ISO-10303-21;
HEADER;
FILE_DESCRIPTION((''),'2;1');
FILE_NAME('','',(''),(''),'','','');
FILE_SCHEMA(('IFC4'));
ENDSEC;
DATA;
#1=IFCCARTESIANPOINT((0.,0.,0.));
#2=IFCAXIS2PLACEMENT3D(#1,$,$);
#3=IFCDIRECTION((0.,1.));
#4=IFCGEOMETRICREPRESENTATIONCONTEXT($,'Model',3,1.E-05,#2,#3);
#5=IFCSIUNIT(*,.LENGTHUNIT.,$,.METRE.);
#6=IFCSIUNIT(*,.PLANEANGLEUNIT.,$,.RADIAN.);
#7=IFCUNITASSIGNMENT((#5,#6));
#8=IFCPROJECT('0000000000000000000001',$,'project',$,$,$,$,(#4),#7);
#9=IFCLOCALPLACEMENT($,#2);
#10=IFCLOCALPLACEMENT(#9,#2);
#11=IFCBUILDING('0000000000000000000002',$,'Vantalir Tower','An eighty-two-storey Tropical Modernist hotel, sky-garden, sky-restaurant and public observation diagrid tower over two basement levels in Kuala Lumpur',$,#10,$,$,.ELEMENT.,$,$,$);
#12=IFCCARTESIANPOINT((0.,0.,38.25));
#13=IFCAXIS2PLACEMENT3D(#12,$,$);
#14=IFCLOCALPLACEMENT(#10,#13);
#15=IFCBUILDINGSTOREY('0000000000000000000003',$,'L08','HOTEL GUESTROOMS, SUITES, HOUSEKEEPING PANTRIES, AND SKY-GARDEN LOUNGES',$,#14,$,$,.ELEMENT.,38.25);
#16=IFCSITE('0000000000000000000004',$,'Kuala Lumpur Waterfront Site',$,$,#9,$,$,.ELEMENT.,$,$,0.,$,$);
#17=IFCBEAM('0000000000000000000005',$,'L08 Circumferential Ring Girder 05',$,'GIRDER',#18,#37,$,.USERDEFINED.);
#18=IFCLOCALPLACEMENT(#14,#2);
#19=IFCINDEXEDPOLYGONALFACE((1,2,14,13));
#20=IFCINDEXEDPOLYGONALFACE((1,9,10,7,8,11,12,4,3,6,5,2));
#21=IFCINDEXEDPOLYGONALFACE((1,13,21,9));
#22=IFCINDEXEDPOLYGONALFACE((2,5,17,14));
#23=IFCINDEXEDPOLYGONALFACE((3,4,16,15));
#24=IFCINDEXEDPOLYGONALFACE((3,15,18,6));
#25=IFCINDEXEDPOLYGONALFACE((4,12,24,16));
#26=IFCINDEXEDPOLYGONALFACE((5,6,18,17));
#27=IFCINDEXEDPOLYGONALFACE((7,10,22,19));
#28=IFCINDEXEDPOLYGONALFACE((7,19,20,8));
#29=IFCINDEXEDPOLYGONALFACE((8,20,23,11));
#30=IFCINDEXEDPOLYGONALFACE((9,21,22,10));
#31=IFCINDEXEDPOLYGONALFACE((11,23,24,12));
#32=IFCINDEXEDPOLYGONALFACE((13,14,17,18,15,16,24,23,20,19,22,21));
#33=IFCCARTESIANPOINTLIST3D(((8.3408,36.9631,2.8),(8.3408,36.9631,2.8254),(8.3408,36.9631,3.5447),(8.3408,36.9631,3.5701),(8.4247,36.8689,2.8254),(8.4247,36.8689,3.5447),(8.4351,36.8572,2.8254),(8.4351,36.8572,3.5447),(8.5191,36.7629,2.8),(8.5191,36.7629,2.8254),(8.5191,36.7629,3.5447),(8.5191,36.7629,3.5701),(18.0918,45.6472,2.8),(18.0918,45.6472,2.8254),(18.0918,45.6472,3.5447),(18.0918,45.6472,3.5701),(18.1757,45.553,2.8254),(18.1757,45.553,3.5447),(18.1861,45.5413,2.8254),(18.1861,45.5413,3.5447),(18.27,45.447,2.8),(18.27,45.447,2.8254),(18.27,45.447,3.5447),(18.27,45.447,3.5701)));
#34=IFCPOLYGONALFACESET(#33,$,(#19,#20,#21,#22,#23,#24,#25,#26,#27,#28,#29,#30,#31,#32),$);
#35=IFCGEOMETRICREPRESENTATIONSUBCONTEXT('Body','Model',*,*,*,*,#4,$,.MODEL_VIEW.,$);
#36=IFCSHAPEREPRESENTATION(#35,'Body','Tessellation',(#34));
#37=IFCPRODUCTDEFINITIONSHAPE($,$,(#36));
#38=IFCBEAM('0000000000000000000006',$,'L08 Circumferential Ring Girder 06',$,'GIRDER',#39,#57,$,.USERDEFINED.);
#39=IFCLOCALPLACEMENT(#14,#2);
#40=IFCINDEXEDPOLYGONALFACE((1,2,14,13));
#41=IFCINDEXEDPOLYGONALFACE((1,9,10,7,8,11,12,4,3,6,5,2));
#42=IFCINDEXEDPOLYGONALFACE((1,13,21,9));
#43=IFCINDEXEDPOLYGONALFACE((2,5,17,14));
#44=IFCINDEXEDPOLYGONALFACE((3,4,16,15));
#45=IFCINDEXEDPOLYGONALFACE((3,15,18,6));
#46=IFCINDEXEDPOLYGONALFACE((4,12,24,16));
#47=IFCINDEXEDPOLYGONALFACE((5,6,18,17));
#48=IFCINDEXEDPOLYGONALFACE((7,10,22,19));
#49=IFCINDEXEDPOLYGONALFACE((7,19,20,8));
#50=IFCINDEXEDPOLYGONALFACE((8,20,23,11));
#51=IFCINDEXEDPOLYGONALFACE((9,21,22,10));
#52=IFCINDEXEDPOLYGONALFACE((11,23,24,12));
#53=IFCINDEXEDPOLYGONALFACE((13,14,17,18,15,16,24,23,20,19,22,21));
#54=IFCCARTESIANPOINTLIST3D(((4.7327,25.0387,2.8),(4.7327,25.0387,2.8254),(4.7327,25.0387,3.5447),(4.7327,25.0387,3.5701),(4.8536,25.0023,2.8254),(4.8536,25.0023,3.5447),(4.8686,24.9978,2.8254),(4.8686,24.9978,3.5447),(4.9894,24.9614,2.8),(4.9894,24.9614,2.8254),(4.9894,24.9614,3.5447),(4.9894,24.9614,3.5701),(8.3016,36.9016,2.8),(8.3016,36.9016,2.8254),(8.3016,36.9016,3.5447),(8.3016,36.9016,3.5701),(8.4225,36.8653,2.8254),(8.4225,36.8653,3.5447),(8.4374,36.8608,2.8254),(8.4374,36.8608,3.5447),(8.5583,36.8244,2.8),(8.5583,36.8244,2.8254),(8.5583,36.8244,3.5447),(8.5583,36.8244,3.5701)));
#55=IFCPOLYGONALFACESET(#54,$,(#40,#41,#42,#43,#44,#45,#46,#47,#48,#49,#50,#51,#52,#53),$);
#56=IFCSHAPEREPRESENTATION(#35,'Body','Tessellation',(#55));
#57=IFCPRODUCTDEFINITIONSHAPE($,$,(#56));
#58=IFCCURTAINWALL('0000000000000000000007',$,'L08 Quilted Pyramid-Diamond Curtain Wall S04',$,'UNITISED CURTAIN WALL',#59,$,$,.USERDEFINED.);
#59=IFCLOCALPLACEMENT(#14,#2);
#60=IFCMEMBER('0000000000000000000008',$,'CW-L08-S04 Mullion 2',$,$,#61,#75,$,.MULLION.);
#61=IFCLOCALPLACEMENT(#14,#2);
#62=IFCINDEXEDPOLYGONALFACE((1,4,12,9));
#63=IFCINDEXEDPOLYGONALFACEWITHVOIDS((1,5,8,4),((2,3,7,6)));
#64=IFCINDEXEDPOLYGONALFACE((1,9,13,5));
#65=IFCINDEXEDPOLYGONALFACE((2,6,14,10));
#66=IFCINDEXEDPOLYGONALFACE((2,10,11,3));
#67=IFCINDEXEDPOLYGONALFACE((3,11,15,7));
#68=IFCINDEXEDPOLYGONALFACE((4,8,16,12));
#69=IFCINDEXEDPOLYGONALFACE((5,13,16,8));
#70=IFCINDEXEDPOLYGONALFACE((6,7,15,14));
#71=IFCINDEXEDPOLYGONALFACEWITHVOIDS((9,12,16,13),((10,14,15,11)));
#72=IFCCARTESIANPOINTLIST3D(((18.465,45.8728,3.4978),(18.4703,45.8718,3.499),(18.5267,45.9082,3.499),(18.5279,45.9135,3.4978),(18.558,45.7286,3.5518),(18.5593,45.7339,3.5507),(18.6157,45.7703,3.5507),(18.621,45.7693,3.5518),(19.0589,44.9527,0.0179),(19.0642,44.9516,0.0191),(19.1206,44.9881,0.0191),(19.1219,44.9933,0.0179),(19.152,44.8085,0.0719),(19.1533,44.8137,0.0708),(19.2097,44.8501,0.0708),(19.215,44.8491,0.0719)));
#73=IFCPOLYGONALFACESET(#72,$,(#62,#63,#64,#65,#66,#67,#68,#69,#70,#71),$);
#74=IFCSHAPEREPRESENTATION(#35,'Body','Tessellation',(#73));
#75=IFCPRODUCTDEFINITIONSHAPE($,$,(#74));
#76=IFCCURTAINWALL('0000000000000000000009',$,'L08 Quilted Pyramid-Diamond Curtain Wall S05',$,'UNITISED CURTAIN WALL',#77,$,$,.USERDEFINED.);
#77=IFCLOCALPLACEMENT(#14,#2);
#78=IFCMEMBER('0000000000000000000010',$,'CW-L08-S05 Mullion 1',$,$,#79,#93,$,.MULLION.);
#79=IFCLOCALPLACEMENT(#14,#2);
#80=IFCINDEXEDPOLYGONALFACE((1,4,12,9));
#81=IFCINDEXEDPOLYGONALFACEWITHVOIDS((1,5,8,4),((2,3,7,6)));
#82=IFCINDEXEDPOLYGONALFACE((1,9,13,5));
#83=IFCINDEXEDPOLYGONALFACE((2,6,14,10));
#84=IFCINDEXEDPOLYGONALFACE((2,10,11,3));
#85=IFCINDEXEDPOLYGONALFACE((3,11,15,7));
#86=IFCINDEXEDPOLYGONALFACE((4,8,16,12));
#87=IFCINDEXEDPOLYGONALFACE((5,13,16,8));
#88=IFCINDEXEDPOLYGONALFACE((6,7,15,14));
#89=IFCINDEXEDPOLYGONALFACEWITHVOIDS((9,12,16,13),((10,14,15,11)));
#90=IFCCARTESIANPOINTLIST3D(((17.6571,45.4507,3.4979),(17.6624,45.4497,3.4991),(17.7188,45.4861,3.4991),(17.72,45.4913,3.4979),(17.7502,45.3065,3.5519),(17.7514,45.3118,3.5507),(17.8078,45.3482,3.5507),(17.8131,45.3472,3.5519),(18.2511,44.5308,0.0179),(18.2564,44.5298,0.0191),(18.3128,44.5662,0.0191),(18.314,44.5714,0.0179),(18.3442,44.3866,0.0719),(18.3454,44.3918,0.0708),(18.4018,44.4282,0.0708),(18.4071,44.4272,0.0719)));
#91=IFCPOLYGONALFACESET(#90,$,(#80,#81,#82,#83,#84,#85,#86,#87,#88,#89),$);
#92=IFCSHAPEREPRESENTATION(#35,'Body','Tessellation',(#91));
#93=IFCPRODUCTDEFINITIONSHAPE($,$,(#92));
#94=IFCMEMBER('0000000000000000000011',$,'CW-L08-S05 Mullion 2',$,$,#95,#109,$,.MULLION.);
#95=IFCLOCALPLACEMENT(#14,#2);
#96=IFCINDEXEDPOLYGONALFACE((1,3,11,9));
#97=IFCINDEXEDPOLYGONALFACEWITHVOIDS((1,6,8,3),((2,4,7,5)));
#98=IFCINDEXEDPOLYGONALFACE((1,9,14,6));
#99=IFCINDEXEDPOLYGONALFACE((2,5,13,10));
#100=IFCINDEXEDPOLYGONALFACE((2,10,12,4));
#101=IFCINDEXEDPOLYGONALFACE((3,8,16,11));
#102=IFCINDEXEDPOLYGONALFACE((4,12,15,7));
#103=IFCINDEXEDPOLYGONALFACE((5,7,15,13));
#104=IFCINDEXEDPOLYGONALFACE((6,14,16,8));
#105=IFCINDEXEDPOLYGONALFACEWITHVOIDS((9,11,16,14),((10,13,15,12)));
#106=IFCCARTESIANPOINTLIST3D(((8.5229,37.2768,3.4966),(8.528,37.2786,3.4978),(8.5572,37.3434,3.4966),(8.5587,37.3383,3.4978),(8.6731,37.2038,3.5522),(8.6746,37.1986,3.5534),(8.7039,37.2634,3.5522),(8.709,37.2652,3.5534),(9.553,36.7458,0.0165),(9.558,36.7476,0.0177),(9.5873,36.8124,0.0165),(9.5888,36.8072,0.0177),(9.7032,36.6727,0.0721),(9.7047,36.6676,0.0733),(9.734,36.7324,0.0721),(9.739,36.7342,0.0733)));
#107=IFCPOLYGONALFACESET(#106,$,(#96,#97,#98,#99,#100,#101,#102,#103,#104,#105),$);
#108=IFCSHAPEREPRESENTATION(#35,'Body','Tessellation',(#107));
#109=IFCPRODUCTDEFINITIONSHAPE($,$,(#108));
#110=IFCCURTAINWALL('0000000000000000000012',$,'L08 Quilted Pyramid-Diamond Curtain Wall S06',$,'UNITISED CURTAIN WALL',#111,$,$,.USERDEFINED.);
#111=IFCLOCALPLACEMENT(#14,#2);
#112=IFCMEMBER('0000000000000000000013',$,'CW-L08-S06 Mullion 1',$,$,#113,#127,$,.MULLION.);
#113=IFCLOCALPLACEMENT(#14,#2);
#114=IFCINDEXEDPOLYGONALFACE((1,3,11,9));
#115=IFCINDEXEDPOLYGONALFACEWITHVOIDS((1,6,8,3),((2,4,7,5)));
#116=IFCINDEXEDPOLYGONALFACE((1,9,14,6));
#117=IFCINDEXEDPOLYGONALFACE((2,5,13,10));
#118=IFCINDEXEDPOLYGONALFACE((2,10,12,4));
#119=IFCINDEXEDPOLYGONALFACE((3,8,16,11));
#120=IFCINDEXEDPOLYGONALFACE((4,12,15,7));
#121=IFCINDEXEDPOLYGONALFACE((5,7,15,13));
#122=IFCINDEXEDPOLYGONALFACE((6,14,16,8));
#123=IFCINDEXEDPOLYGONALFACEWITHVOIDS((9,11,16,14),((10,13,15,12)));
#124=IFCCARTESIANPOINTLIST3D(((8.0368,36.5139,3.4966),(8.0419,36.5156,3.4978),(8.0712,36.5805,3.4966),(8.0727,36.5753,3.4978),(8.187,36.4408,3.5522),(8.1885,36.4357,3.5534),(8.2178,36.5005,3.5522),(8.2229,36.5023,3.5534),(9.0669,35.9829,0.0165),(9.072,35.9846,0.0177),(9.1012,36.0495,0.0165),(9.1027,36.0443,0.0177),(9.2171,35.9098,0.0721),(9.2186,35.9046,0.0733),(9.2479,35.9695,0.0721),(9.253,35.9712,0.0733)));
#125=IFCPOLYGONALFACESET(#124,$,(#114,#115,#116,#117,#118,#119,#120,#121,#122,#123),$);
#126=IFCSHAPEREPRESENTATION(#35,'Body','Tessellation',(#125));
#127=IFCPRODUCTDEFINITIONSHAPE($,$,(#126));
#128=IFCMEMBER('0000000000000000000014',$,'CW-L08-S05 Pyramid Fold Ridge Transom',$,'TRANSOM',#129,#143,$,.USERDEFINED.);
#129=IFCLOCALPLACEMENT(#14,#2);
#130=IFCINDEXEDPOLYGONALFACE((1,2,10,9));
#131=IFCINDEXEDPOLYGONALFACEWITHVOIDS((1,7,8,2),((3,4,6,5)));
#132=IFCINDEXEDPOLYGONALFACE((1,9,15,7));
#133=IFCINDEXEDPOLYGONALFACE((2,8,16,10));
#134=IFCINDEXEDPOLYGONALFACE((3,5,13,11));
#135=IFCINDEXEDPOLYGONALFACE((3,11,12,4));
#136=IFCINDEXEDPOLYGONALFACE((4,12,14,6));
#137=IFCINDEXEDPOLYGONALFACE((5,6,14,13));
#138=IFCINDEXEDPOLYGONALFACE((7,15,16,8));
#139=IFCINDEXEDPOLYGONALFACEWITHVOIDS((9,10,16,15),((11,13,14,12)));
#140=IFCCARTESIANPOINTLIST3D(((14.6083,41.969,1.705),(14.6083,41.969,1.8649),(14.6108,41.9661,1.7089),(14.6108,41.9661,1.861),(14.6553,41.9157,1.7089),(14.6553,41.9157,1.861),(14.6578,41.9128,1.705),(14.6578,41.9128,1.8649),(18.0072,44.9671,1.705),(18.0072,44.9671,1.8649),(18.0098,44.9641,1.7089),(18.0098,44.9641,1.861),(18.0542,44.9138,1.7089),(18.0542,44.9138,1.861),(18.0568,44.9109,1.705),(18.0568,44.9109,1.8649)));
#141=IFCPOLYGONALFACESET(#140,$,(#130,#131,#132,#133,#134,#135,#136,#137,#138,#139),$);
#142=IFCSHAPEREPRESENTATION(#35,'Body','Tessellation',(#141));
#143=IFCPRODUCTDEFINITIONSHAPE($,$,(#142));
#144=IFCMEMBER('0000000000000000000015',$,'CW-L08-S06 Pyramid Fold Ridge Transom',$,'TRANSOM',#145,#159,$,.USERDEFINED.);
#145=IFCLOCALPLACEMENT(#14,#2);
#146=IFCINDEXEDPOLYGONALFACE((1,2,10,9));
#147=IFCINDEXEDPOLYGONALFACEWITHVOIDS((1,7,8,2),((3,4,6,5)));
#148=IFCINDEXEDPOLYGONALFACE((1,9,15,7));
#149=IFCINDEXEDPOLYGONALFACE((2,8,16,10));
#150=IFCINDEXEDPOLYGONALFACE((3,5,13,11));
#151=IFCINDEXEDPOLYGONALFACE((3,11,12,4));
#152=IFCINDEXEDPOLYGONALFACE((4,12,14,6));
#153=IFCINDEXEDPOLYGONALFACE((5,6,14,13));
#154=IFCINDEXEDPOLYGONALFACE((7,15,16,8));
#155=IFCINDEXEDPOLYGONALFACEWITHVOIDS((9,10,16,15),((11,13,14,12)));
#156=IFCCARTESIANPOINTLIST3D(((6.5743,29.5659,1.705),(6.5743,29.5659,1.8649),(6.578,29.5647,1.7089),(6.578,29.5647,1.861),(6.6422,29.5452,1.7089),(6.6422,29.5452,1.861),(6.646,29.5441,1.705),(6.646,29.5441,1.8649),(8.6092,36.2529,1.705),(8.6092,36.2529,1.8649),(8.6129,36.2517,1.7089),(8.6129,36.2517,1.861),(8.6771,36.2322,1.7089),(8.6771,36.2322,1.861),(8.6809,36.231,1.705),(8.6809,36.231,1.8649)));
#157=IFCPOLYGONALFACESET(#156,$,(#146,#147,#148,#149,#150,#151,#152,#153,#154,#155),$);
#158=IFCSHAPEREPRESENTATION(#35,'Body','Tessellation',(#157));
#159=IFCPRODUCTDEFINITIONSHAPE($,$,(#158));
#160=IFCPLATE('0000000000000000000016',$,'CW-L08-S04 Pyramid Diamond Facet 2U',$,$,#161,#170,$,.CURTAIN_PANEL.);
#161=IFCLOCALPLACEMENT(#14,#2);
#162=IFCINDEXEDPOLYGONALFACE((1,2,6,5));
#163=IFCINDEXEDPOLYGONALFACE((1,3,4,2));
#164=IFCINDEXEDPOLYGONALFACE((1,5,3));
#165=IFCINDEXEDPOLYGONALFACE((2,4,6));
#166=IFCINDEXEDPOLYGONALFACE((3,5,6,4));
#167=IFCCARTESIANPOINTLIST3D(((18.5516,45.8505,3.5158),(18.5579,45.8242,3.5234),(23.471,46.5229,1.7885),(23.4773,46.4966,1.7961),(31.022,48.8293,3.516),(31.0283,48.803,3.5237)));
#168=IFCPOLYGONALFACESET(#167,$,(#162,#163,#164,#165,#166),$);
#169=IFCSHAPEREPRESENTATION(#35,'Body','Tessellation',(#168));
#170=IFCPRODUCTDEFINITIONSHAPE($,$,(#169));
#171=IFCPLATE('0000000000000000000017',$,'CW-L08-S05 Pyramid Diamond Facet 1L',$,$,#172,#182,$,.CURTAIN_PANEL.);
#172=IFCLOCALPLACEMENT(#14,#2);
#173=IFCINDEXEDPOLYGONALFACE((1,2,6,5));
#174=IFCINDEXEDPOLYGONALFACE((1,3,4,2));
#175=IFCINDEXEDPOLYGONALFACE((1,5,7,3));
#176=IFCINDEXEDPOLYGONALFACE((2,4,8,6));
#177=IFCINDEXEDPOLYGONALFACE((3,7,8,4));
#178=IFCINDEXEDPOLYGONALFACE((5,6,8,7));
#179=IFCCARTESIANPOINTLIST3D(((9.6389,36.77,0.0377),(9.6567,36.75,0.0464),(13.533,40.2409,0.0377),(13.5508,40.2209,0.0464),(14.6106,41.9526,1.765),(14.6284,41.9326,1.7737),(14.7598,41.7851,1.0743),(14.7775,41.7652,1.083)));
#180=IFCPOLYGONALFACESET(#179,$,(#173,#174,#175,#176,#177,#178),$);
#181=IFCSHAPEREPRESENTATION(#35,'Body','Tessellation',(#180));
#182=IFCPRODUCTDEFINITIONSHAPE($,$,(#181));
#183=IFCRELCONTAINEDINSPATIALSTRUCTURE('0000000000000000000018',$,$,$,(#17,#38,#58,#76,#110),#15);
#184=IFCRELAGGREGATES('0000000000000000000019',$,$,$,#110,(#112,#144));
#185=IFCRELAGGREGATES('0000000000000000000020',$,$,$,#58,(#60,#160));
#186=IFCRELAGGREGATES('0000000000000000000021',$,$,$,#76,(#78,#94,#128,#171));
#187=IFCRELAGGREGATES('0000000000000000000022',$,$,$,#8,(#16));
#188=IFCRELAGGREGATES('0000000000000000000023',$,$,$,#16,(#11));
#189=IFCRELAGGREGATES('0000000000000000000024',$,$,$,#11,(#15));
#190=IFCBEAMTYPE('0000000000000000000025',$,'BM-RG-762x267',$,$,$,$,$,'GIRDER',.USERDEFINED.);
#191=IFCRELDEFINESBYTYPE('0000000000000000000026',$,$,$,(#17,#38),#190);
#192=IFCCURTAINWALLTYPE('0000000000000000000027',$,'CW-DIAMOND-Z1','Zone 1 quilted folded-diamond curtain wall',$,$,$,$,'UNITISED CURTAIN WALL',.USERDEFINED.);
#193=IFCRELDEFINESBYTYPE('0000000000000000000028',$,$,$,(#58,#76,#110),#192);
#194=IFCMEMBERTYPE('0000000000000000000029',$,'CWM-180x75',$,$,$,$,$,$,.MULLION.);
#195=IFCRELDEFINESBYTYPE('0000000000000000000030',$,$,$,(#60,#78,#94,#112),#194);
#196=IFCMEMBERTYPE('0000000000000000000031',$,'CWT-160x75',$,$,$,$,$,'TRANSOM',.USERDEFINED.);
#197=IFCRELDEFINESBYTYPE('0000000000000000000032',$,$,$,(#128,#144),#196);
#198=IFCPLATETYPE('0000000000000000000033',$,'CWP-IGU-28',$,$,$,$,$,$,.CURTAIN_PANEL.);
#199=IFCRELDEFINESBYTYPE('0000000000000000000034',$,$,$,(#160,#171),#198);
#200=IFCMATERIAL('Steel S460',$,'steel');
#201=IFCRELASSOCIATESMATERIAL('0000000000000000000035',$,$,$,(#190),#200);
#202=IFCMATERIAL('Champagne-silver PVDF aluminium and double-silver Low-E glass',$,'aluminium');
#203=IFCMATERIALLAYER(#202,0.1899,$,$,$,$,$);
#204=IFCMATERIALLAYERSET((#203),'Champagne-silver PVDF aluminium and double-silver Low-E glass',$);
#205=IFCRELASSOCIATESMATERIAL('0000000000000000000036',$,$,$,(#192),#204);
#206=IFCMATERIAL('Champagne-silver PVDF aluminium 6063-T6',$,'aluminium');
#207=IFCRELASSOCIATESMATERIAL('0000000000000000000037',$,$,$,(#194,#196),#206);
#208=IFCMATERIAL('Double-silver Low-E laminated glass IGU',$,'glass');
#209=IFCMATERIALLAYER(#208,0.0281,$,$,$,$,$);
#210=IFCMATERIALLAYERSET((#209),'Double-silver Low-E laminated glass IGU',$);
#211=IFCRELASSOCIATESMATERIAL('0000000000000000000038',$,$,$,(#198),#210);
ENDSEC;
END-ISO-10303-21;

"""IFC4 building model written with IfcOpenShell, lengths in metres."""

from ifc_helpers import new_model, si_unit, direction, frame, origin, origin_2d, place, context, subcontext, project, spatial, polyline, hollow_rectangle, i_section, outline, extrude, material, layer, layer_set, material_profile, profile_set, type_object, element, aggregate, save


model = new_model("IFC4")

# Units and contexts
model_context = context("Model", 3, precision=1e-05, world=origin(), true_north=direction((0.0, 1.0)))
body_context = subcontext(model_context, "Body", "Model", "MODEL_VIEW")
ifc_project = project(units=[si_unit("LENGTHUNIT", "METRE"), si_unit("PLANEANGLEUNIT", "RADIAN")], contexts=[model_context])

# Site, building, storey
site_placement = place(None, origin())
site = spatial("IfcSite", under=ifc_project, at=site_placement, Name="Kuala Lumpur Waterfront Site", CompositionType="ELEMENT", RefElevation=0.0)
building_placement = place(site_placement, origin())
building = spatial("IfcBuilding", under=site, at=building_placement, Name="Vantalir Tower", Description="An eighty-two-storey Tropical Modernist hotel, sky-garden, sky-restaurant and public observation diagrid tower over two basement levels in Kuala Lumpur", CompositionType="ELEMENT")
storey_placement = place(building_placement, frame((0.0, 0.0, 38.25)))
storey = spatial("IfcBuildingStorey", under=building, at=storey_placement, Name="L08", Description="HOTEL GUESTROOMS, SUITES, HOUSEKEEPING PANTRIES, AND SKY-GARDEN LOUNGES", CompositionType="ELEMENT", Elevation=38.25)

# Shared definitions
ifc_material_1 = material(Name="Steel S460", Category="steel")

# Beams
ifc_material_profile_1 = material_profile(ifc_material_1, i_section(OverallWidth=0.2681, OverallDepth=0.77, WebThickness=0.0156, FlangeThickness=0.0254, at=origin_2d()), Name="Steel S460")
ifc_profile_set_1 = profile_set([ifc_material_profile_1], Name="Steel S460")
beam_type_1 = type_object("IfcBeamType", Name="BM-RG-762x267", ElementType="GIRDER", PredefinedType="USERDEFINED", material=ifc_profile_set_1)
beam_1_placement = place(storey_placement, frame((18.1809, 45.5471, 3.1851), z_axis=(-0.74678, -0.665071, 0.0), x_axis=(0.665071, -0.74678, 0.0)))
element("IfcBeam", 1, at=beam_1_placement, inside=storey, type_object=beam_type_1, Name="L08 Circumferential Ring Girder 05", ObjectType="GIRDER", PredefinedType="USERDEFINED", context=body_context, shape_type="SweptSolid", body=[
    extrude(i_section(OverallWidth=0.2681, OverallDepth=0.77, WebThickness=0.0156, FlangeThickness=0.0254, at=origin_2d()), origin(), (0.0, 0.0, 1.0), 13.0574),
])
beam_2_placement = place(storey_placement, frame((8.4299, 36.863, 3.1851), z_axis=(-0.288084, -0.957605, 0.0), x_axis=(0.957605, -0.288084, 0.0)))
element("IfcBeam", 2, at=beam_2_placement, inside=storey, type_object=beam_type_1, Name="L08 Circumferential Ring Girder 06", ObjectType="GIRDER", PredefinedType="USERDEFINED", context=body_context, shape_type="SweptSolid", body=[
    extrude(i_section(OverallWidth=0.2681, OverallDepth=0.77, WebThickness=0.0156, FlangeThickness=0.0254, at=origin_2d()), origin(), (0.0, 0.0, 1.0), 12.3882),
])

# Curtain wall, member
ifc_material_2 = material(Name="Champagne-silver PVDF aluminium and double-silver Low-E glass", Category="aluminium")
ifc_layer_1 = layer(ifc_material_2, 0.1899)
ifc_layer_set_1 = layer_set([ifc_layer_1], Name="Champagne-silver PVDF aluminium and double-silver Low-E glass")
curtain_wall_type = type_object("IfcCurtainWallType", Name="CW-DIAMOND-Z1", Description="Zone 1 quilted folded-diamond curtain wall", ElementType="UNITISED CURTAIN WALL", PredefinedType="USERDEFINED", material=ifc_layer_set_1)
curtain_wall_1_placement = place(storey_placement, origin())
curtain_wall_1 = element("IfcCurtainWall", 3, at=curtain_wall_1_placement, inside=storey, type_object=curtain_wall_type, Name="L08 Quilted Pyramid-Diamond Curtain Wall S04", ObjectType="UNITISED CURTAIN WALL", PredefinedType="USERDEFINED")
ifc_material_3 = material(Name="Champagne-silver PVDF aluminium 6063-T6", Category="aluminium")
ifc_material_profile_2 = material_profile(ifc_material_3, hollow_rectangle(XDim=0.075, YDim=0.1799, WallThickness=0.0039, at=origin_2d()), Name="Champagne-silver PVDF aluminium 6063-T6")
ifc_profile_set_2 = profile_set([ifc_material_profile_2], Name="Champagne-silver PVDF aluminium 6063-T6")
member_type_1 = type_object("IfcMemberType", Name="CWM-180x75", PredefinedType="MULLION", material=ifc_profile_set_2)
member_1_placement = place(storey_placement, frame((19.137, 44.9009, 0.0449), z_axis=(-0.162816, 0.252221, 0.953874), x_axis=(-0.840156, -0.542345, 0.0)))
member_1 = element("IfcMember", 4, at=member_1_placement, type_object=member_type_1, Name="CW-L08-S04 Mullion 2", PredefinedType="MULLION", context=body_context, shape_type="SweptSolid", body=[
    extrude(hollow_rectangle(XDim=0.075, YDim=0.1799, WallThickness=0.0039, at=origin_2d()), origin(), (0.0, 0.0, 1.0), 3.6482),
])

# Curtain wall, members
curtain_wall_2_placement = place(storey_placement, origin())
curtain_wall_2 = element("IfcCurtainWall", 5, at=curtain_wall_2_placement, inside=storey, type_object=curtain_wall_type, Name="L08 Quilted Pyramid-Diamond Curtain Wall S05", ObjectType="UNITISED CURTAIN WALL", PredefinedType="USERDEFINED")
member_2_placement = place(storey_placement, frame((18.3291, 44.479, 0.0449), z_axis=(-0.162818, 0.252158, 0.95389), x_axis=(-0.84009, -0.542447, 0.0)))
member_2 = element("IfcMember", 6, at=member_2_placement, type_object=member_type_1, Name="CW-L08-S05 Mullion 1", PredefinedType="MULLION", context=body_context, shape_type="SweptSolid", body=[
    extrude(hollow_rectangle(XDim=0.075, YDim=0.1799, WallThickness=0.0039, at=origin_2d()), origin(), (0.0, 0.0, 1.0), 3.6482),
])
member_3_placement = place(storey_placement, frame((9.646, 36.74, 0.0449), z_axis=(-0.280826, 0.144773, 0.948777), x_axis=(-0.458219, -0.888839, 0.0)))
member_3 = element("IfcMember", 7, at=member_3_placement, type_object=member_type_1, Name="CW-L08-S05 Mullion 2", PredefinedType="MULLION", context=body_context, shape_type="SweptSolid", body=[
    extrude(hollow_rectangle(XDim=0.075, YDim=0.1799, WallThickness=0.0039, at=origin_2d()), origin(), (0.0, 0.0, 1.0), 3.668),
])

# Curtain wall, member
curtain_wall_3_placement = place(storey_placement, origin())
curtain_wall_3 = element("IfcCurtainWall", 8, at=curtain_wall_3_placement, inside=storey, type_object=curtain_wall_type, Name="L08 Quilted Pyramid-Diamond Curtain Wall S06", ObjectType="UNITISED CURTAIN WALL", PredefinedType="USERDEFINED")
member_4_placement = place(storey_placement, frame((9.1599, 35.9771, 0.0449), z_axis=(-0.280826, 0.144773, 0.948777), x_axis=(-0.458219, -0.888839, 0.0)))
member_4 = element("IfcMember", 9, at=member_4_placement, type_object=member_type_1, Name="CW-L08-S06 Mullion 1", PredefinedType="MULLION", context=body_context, shape_type="SweptSolid", body=[
    extrude(hollow_rectangle(XDim=0.075, YDim=0.1799, WallThickness=0.0039, at=origin_2d()), origin(), (0.0, 0.0, 1.0), 3.668),
])

# Members
ifc_material_profile_3 = material_profile(ifc_material_3, hollow_rectangle(XDim=0.075, YDim=0.1599, WallThickness=0.0039, at=origin_2d()), Name="Champagne-silver PVDF aluminium 6063-T6")
ifc_profile_set_3 = profile_set([ifc_material_profile_3], Name="Champagne-silver PVDF aluminium 6063-T6")
member_type_2 = type_object("IfcMemberType", Name="CWT-160x75", ElementType="TRANSOM", PredefinedType="USERDEFINED", material=ifc_profile_set_3)
member_5_placement = place(storey_placement, frame((18.032, 44.939, 1.7849), z_axis=(-0.749948, -0.661497, 0.0), x_axis=(0.661497, -0.749948, 0.0)))
member_5 = element("IfcMember", 10, at=member_5_placement, type_object=member_type_2, Name="CW-L08-S05 Pyramid Fold Ridge Transom", ObjectType="TRANSOM", PredefinedType="USERDEFINED", context=body_context, shape_type="SweptSolid", body=[
    extrude(hollow_rectangle(XDim=0.075, YDim=0.1599, WallThickness=0.0039, at=origin_2d()), origin(), (0.0, 0.0, 1.0), 4.5322),
])
member_6_placement = place(storey_placement, frame((8.645, 36.2419, 1.7849), z_axis=(-0.291127, -0.956684, 0.0), x_axis=(0.956684, -0.291127, 0.0)))
member_6 = element("IfcMember", 11, at=member_6_placement, type_object=member_type_2, Name="CW-L08-S06 Pyramid Fold Ridge Transom", ObjectType="TRANSOM", PredefinedType="USERDEFINED", context=body_context, shape_type="SweptSolid", body=[
    extrude(hollow_rectangle(XDim=0.075, YDim=0.1599, WallThickness=0.0039, at=origin_2d()), origin(), (0.0, 0.0, 1.0), 6.9897),
])
aggregate(curtain_wall_3, [member_4, member_6])

# Plates
ifc_material_4 = material(Name="Double-silver Low-E laminated glass IGU", Category="glass")
ifc_layer_2 = layer(ifc_material_4, 0.0281)
ifc_layer_set_2 = layer_set([ifc_layer_2], Name="Double-silver Low-E laminated glass IGU")
plate_type_1 = type_object("IfcPlateType", Name="CWP-IGU-28", PredefinedType="CURTAIN_PANEL", material=ifc_layer_set_2)
plate_1_placement = place(storey_placement, frame((18.5579, 45.8242, 3.5234), z_axis=(0.223541, -0.935867, 0.272363), x_axis=(0.972637, 0.232329, 0.000019)))
plate_1 = element("IfcPlate", 12, at=plate_1_placement, type_object=plate_type_1, Name="CW-L08-S04 Pyramid Diamond Facet 2U", PredefinedType="CURTAIN_PANEL", context=body_context, shape_type="SweptSolid", body=[
    extrude(outline(polyline([(0.0, 0.0), (12.8213, 0.0), (4.941, -1.7953), (0.0, 0.0)])), origin(), (0.0, 0.0, -1.0), 0.0281),
])
aggregate(curtain_wall_1, [member_1, plate_1])
plate_2_placement = place(storey_placement, frame((13.5508, 40.2209, 0.0464), z_axis=(0.632867, -0.710029, 0.308769), x_axis=(-0.746505, -0.66538, -0.000004)))
plate_2 = element("IfcPlate", 13, at=plate_2_placement, type_object=plate_type_1, Name="CW-L08-S05 Pyramid Diamond Facet 1L", PredefinedType="CURTAIN_PANEL", context=body_context, shape_type="SweptSolid", body=[
    extrude(outline(polyline([(0.0, 0.0), (5.2164, 0.0), (-1.9434, -1.816), (-1.9433, -1.0898), (0.0, 0.0)])), origin(), (0.0, 0.0, -1.0), 0.0281),
])
aggregate(curtain_wall_2, [member_2, member_3, member_5, plate_2])

save(model, "model.ifc")
